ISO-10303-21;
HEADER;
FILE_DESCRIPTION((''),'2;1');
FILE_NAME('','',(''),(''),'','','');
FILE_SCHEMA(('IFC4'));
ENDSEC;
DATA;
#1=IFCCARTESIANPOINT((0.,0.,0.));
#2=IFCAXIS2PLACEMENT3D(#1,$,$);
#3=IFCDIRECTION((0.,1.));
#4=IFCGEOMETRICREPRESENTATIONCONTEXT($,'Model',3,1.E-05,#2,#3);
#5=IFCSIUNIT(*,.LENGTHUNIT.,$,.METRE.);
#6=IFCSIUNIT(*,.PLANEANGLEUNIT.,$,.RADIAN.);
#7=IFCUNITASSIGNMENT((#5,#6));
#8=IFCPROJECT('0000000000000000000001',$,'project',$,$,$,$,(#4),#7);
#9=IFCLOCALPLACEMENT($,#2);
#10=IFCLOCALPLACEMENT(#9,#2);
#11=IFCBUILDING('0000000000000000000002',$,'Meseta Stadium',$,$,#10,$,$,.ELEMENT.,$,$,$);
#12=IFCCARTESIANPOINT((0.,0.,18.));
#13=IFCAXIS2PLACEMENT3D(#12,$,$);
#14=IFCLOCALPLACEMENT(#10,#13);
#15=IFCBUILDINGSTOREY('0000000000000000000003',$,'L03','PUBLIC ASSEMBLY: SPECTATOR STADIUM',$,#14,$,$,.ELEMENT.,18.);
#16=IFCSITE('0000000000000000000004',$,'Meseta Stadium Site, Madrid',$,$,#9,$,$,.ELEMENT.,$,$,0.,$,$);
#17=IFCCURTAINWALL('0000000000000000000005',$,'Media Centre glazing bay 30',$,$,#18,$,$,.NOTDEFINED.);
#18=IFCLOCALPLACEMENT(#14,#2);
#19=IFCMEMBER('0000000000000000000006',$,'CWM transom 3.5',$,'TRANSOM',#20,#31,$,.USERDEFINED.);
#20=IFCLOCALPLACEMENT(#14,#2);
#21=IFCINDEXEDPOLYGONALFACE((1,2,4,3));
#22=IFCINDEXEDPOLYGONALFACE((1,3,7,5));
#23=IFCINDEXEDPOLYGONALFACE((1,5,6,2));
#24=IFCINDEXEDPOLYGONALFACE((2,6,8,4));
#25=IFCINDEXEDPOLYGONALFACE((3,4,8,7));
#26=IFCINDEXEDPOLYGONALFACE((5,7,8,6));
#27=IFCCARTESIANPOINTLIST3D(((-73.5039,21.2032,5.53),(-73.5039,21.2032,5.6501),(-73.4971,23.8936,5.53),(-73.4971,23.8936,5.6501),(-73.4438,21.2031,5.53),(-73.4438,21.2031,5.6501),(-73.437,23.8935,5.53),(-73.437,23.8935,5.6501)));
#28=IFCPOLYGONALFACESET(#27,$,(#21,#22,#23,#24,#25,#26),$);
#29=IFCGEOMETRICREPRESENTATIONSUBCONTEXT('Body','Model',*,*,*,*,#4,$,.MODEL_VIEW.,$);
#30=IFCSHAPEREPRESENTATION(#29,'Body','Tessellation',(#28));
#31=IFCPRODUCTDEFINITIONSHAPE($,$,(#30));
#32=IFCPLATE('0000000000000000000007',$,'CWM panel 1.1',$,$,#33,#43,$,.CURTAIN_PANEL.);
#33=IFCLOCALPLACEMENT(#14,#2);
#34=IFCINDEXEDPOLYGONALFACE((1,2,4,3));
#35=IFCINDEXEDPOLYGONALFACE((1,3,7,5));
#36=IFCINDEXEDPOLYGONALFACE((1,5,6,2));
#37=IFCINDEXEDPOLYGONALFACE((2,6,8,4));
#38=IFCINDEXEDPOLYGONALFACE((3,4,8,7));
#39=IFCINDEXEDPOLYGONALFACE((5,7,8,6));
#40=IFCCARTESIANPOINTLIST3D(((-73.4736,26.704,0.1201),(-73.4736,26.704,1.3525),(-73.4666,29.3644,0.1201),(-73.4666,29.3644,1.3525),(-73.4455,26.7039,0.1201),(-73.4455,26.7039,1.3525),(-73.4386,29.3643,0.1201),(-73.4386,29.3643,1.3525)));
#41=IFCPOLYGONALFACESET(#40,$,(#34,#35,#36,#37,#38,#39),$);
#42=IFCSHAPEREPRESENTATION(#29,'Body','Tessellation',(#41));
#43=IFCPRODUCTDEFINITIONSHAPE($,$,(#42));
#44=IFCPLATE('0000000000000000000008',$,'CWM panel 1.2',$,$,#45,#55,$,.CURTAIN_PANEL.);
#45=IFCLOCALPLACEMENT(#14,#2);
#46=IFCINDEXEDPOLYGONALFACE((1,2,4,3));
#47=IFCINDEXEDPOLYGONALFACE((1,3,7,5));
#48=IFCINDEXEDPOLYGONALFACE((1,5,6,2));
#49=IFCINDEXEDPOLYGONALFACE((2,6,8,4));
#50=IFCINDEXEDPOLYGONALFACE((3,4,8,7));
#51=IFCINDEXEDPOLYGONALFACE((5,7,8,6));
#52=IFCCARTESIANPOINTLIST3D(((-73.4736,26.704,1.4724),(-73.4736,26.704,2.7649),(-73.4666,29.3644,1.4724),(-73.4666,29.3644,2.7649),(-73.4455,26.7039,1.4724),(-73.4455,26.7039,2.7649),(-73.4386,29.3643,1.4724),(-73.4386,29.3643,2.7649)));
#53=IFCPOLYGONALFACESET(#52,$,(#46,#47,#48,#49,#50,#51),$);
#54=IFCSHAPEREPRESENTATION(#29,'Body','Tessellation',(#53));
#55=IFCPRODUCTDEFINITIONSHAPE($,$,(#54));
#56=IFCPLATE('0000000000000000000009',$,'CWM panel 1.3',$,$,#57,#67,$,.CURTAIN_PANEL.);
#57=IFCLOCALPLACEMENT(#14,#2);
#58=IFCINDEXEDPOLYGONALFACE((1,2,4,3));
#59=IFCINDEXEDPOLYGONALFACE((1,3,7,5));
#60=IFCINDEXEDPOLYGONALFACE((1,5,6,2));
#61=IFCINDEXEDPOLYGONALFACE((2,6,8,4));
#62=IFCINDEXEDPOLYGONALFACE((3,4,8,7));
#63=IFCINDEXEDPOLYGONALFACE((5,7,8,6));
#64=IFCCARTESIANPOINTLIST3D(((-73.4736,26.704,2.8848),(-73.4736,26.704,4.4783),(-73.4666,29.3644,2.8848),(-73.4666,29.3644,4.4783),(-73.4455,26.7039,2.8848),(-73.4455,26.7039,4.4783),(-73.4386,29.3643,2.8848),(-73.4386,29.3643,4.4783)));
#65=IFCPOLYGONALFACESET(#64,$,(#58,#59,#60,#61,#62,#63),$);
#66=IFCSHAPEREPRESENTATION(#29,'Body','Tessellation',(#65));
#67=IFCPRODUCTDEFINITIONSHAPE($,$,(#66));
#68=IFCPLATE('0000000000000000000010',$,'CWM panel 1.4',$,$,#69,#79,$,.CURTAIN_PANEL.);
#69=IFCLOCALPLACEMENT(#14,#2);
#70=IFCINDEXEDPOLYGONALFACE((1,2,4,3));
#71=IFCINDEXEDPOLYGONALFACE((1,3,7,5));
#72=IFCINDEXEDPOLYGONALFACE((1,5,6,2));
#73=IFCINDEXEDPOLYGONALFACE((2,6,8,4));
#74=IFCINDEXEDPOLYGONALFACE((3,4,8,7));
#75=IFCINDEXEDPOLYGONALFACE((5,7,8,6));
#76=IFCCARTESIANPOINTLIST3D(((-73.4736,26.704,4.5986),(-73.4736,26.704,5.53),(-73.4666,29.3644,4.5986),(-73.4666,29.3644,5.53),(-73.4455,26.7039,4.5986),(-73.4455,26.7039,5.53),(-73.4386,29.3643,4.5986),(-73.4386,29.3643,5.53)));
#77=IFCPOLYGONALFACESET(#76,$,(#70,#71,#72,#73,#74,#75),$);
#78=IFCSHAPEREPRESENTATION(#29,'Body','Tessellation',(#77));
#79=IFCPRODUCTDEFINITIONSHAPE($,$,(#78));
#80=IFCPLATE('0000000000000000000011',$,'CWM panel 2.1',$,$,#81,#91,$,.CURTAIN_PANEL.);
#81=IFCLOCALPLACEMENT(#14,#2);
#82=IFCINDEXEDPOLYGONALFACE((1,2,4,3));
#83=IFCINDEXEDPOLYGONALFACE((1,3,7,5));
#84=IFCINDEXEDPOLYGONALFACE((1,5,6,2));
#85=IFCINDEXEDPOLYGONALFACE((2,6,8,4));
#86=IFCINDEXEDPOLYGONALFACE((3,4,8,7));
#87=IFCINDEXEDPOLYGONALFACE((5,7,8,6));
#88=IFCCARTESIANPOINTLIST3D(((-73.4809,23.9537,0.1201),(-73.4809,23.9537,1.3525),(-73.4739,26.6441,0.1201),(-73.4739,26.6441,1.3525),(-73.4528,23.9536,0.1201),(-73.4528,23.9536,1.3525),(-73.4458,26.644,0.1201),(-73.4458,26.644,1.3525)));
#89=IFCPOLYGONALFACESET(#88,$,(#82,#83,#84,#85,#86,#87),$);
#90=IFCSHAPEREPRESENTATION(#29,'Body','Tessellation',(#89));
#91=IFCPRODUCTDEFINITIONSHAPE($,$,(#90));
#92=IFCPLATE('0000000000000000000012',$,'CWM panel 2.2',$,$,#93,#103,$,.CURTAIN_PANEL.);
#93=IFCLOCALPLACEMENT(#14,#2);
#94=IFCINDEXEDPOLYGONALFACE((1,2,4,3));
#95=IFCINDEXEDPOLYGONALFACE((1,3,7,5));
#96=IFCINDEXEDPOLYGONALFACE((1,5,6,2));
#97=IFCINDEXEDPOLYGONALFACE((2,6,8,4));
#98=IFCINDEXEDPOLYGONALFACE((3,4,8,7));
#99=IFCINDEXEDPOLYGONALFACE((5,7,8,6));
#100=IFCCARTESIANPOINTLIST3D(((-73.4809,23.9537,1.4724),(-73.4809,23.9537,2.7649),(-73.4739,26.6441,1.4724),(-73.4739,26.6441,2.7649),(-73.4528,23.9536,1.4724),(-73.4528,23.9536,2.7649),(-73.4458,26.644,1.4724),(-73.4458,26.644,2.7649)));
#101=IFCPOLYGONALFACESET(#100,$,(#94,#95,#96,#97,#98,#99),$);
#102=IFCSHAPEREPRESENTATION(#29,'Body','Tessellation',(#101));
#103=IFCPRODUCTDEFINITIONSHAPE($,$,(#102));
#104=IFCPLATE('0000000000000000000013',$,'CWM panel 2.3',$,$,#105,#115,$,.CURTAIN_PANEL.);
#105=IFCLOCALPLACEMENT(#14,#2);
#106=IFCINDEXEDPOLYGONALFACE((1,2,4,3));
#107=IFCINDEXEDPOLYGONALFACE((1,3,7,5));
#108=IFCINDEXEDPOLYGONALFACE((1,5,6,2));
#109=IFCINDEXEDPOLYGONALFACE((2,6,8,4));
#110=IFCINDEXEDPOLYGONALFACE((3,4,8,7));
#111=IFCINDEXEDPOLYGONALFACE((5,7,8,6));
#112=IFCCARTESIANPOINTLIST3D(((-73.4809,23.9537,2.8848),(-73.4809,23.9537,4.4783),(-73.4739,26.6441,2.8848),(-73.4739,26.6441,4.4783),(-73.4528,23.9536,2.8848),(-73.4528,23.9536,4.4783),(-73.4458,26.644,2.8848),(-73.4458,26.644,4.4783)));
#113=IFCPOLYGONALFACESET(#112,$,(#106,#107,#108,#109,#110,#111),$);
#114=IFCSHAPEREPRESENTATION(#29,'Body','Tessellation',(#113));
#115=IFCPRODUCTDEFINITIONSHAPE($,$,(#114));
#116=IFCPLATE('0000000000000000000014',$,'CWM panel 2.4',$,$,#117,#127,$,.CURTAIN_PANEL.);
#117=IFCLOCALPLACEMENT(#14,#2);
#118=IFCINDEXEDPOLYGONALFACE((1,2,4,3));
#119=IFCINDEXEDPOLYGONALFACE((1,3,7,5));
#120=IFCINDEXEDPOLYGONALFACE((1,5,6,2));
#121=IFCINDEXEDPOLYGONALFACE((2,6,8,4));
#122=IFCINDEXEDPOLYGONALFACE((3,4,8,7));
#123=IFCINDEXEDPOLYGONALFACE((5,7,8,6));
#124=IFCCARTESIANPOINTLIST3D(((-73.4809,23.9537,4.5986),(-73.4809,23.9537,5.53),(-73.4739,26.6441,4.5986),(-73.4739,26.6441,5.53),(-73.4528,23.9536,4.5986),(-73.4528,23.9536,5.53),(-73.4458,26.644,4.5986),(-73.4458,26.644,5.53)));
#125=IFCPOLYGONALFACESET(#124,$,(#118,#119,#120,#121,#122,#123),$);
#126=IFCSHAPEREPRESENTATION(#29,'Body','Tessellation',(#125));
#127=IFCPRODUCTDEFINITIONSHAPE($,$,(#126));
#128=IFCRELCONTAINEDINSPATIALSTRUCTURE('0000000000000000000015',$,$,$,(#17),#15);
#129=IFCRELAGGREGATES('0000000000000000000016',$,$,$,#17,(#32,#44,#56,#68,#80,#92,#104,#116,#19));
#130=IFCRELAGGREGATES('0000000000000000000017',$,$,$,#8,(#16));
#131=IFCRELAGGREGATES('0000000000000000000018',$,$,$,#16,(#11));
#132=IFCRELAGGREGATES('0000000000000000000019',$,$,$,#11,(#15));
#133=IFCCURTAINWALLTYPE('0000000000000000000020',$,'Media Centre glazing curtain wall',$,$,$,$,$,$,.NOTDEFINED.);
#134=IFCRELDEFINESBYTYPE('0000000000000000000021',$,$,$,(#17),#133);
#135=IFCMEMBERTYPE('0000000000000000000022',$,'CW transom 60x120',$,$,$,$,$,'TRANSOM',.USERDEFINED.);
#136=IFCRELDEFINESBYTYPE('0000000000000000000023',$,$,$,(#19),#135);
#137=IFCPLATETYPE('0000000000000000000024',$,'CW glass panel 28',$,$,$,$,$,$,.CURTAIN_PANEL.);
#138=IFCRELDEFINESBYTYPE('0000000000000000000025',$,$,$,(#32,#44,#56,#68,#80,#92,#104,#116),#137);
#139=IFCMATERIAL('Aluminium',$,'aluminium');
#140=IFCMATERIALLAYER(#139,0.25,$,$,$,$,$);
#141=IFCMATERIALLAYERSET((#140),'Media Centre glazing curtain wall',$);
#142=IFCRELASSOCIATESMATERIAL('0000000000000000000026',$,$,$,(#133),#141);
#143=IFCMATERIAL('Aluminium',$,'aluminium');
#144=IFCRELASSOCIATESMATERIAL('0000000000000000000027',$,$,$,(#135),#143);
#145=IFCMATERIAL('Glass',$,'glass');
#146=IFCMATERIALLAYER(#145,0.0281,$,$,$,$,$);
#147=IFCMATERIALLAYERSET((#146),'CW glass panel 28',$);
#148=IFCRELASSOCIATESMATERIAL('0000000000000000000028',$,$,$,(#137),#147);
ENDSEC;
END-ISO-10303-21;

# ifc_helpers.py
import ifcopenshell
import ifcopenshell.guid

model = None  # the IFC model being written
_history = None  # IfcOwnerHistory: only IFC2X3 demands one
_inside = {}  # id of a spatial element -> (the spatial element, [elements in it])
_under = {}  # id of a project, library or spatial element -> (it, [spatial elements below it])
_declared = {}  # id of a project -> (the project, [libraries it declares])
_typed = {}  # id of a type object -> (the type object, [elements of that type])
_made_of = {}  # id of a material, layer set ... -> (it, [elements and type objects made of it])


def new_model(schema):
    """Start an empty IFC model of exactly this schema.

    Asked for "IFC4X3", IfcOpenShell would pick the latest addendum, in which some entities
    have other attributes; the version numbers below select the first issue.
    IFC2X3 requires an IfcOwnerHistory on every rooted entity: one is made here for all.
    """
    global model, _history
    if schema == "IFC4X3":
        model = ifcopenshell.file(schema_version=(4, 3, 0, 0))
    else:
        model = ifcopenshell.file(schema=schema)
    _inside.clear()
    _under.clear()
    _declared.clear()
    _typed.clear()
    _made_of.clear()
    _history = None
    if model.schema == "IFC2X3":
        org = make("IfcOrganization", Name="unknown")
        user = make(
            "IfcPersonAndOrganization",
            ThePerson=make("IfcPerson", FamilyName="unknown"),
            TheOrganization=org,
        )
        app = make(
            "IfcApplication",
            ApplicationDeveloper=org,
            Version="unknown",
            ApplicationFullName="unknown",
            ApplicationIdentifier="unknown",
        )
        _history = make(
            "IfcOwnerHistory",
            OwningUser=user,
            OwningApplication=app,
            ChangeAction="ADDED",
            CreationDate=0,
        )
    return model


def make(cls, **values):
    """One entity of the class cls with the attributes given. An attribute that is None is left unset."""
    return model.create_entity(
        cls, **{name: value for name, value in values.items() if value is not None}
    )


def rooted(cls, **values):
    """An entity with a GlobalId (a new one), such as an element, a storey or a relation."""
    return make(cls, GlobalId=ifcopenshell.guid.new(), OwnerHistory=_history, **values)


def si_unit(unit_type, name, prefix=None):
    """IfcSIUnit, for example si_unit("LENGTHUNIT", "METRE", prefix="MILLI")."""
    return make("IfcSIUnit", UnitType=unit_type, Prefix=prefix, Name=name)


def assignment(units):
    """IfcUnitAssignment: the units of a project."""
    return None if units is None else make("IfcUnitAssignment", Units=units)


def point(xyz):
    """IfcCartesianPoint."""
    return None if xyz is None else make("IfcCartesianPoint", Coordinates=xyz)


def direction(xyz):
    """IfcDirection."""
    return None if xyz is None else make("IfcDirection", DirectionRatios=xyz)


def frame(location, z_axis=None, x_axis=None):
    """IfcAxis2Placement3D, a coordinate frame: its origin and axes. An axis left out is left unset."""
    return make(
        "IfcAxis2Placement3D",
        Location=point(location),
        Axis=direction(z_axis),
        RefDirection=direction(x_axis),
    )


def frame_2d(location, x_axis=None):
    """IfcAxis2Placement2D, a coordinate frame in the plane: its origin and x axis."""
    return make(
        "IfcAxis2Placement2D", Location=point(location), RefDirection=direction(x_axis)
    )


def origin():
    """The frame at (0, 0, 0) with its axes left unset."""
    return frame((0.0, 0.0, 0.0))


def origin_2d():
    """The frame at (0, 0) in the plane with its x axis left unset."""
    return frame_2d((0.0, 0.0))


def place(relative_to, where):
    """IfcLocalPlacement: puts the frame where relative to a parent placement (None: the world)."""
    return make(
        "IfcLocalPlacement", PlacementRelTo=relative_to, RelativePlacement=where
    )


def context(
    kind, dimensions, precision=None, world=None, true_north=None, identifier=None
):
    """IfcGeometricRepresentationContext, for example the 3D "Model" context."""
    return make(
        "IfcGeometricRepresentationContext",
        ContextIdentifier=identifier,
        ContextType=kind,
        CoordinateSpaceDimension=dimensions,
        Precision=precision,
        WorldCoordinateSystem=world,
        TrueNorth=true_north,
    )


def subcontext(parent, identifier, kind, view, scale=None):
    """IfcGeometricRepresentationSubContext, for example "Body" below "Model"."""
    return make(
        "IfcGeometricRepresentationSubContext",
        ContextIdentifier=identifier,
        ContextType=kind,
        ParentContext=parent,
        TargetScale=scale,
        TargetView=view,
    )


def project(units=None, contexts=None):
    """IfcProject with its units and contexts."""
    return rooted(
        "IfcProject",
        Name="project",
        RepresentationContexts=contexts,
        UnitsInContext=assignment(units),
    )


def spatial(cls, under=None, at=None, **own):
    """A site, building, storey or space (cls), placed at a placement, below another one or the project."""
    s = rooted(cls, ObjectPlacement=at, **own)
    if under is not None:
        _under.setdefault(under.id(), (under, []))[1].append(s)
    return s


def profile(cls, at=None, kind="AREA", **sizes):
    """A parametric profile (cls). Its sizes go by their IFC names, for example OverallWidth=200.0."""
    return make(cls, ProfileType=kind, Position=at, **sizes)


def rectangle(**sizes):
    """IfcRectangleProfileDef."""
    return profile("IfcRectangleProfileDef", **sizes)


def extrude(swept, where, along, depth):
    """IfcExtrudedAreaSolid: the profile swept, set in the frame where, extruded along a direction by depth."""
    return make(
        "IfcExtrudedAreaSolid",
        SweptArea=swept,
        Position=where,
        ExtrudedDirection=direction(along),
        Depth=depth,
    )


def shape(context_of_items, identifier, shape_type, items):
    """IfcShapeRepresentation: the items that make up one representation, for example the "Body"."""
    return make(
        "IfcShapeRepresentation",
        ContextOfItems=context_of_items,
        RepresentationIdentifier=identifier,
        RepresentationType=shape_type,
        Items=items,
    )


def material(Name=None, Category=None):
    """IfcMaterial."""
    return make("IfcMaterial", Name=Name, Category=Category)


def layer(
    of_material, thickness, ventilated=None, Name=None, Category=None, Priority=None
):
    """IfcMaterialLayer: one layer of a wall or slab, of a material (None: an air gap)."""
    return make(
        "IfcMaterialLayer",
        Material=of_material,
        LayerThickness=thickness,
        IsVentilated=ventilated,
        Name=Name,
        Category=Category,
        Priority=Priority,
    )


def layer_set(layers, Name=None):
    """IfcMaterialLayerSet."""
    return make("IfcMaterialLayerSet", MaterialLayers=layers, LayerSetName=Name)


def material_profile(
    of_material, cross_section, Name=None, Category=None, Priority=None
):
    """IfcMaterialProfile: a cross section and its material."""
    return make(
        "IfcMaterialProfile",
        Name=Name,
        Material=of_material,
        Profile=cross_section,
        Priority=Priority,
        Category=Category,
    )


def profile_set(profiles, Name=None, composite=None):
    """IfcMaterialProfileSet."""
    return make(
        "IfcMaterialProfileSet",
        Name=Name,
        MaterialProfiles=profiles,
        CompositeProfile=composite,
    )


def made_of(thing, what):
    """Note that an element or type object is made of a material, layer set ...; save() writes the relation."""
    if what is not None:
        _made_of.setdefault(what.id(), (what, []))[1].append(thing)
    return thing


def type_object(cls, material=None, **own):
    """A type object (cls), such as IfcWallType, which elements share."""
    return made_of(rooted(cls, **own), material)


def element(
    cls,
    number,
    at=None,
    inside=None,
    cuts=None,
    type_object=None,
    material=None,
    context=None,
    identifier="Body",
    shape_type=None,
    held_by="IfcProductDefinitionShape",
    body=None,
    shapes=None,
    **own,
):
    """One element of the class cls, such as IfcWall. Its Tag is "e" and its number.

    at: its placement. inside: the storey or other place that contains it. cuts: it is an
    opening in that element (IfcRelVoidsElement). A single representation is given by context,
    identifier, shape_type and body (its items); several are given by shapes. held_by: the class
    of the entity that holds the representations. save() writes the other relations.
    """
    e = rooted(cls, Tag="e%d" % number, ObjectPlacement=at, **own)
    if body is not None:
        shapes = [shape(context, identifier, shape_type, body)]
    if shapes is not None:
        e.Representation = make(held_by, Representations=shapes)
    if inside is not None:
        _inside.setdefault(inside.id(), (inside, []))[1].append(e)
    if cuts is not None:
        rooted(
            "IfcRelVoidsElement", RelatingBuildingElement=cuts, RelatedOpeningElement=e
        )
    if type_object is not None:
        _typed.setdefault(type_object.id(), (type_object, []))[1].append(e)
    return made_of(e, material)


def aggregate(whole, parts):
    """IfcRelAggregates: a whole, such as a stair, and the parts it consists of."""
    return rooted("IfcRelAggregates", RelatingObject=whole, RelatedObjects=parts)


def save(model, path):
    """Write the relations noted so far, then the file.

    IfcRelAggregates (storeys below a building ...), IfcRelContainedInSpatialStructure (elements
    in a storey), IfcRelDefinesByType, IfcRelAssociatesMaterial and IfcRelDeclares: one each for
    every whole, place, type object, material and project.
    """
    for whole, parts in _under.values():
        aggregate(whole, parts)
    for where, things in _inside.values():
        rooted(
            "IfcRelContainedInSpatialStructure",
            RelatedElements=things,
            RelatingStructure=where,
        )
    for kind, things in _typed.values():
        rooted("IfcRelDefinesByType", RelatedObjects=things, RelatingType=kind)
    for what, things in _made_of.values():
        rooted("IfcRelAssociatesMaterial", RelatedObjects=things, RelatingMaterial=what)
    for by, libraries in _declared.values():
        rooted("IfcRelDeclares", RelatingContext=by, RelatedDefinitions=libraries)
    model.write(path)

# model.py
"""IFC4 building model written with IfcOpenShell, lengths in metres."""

from ifc_helpers import new_model, si_unit, direction, frame, origin, origin_2d, place, context, subcontext, project, spatial, rectangle, extrude, material, layer, layer_set, material_profile, profile_set, type_object, element, aggregate, save


model = new_model("IFC4")

# Units and contexts
model_context = context("Model", 3, precision=1e-05, world=origin(), true_north=direction((0.0, 1.0)))
body_context = subcontext(model_context, "Body", "Model", "MODEL_VIEW")
ifc_project = project(units=[si_unit("LENGTHUNIT", "METRE"), si_unit("PLANEANGLEUNIT", "RADIAN")], contexts=[model_context])

# Site, building, storey
site_placement = place(None, origin())
site = spatial("IfcSite", under=ifc_project, at=site_placement, Name="Meseta Stadium Site, Madrid", CompositionType="ELEMENT", RefElevation=0.0)
building_placement = place(site_placement, origin())
building = spatial("IfcBuilding", under=site, at=building_placement, Name="Meseta Stadium", CompositionType="ELEMENT")
storey_placement = place(building_placement, frame((0.0, 0.0, 18.0)))
storey = spatial("IfcBuildingStorey", under=building, at=storey_placement, Name="L03", Description="PUBLIC ASSEMBLY: SPECTATOR STADIUM", CompositionType="ELEMENT", Elevation=18.0)

# Curtain wall, member, plates
ifc_material_1 = material(Name="Aluminium", Category="aluminium")
ifc_layer_1 = layer(ifc_material_1, 0.25)
ifc_layer_set_1 = layer_set([ifc_layer_1], Name="Media Centre glazing curtain wall")
curtain_wall_type = type_object("IfcCurtainWallType", Name="Media Centre glazing curtain wall", PredefinedType="NOTDEFINED", material=ifc_layer_set_1)
curtain_wall_placement = place(storey_placement, origin())
curtain_wall = element("IfcCurtainWall", 1, at=curtain_wall_placement, inside=storey, type_object=curtain_wall_type, Name="Media Centre glazing bay 30", PredefinedType="NOTDEFINED")
ifc_material_2 = material(Name="Aluminium", Category="aluminium")
ifc_material_profile_1 = material_profile(ifc_material_2, rectangle(XDim=0.0601, YDim=0.1201, at=origin_2d()), Name="CW 60x120")
ifc_profile_set_1 = profile_set([ifc_material_profile_1], Name="Aluminium")
member_type_1 = type_object("IfcMemberType", Name="CW transom 60x120", ElementType="TRANSOM", PredefinedType="USERDEFINED", material=ifc_profile_set_1)
member_1_placement = place(storey_placement, frame((-73.467, 23.8936, 5.5901), z_axis=(-0.002541, -0.999997, 0.0), x_axis=(0.999997, -0.002541, 0.0)))
member_1 = element("IfcMember", 2, at=member_1_placement, type_object=member_type_1, Name="CWM transom 3.5", ObjectType="TRANSOM", PredefinedType="USERDEFINED", context=body_context, shape_type="SweptSolid", body=[
    extrude(rectangle(XDim=0.0601, YDim=0.1201, at=origin_2d()), origin(), (0.0, 0.0, 1.0), 2.6904),
])
ifc_material_3 = material(Name="Glass", Category="glass")
ifc_layer_2 = layer(ifc_material_3, 0.0281)
ifc_layer_set_2 = layer_set([ifc_layer_2], Name="CW glass panel 28")
plate_type = type_object("IfcPlateType", Name="CW glass panel 28", PredefinedType="CURTAIN_PANEL", material=ifc_layer_set_2)
plate_1_placement = place(storey_placement, frame((-73.4561, 28.0342, 0.1201), z_axis=(0.0, 0.0, 1.0), x_axis=(-0.002606, -0.999997, 0.0)))
plate_1 = element("IfcPlate", 3, at=plate_1_placement, type_object=plate_type, Name="CWM panel 1.1", PredefinedType="CURTAIN_PANEL", context=body_context, shape_type="SweptSolid", body=[
    extrude(rectangle(XDim=2.6604, YDim=0.0281, at=origin_2d()), origin(), (0.0, 0.0, 1.0), 1.2324),
])
plate_2_placement = place(storey_placement, frame((-73.4561, 28.0342, 1.4724), z_axis=(0.0, 0.0, 1.0), x_axis=(-0.002606, -0.999997, 0.0)))
plate_2 = element("IfcPlate", 4, at=plate_2_placement, type_object=plate_type, Name="CWM panel 1.2", PredefinedType="CURTAIN_PANEL", context=body_context, shape_type="SweptSolid", body=[
    extrude(rectangle(XDim=2.6604, YDim=0.0281, at=origin_2d()), origin(), (0.0, 0.0, 1.0), 1.2925),
])
plate_3_placement = place(storey_placement, frame((-73.4561, 28.0342, 2.8848), z_axis=(0.0, 0.0, 1.0), x_axis=(-0.002606, -0.999997, 0.0)))
plate_3 = element("IfcPlate", 5, at=plate_3_placement, type_object=plate_type, Name="CWM panel 1.3", PredefinedType="CURTAIN_PANEL", context=body_context, shape_type="SweptSolid", body=[
    extrude(rectangle(XDim=2.6604, YDim=0.0281, at=origin_2d()), origin(), (0.0, 0.0, 1.0), 1.5935),
])
plate_4_placement = place(storey_placement, frame((-73.4561, 28.0342, 4.5986), z_axis=(0.0, 0.0, 1.0), x_axis=(-0.002606, -0.999997, 0.0)))
plate_4 = element("IfcPlate", 6, at=plate_4_placement, type_object=plate_type, Name="CWM panel 1.4", PredefinedType="CURTAIN_PANEL", context=body_context, shape_type="SweptSolid", body=[
    extrude(rectangle(XDim=2.6604, YDim=0.0281, at=origin_2d()), origin(), (0.0, 0.0, 1.0), 0.9314),
])
plate_5_placement = place(storey_placement, frame((-73.4634, 25.2988, 0.1201), z_axis=(0.0, 0.0, 1.0), x_axis=(-0.002606, -0.999997, 0.0)))
plate_5 = element("IfcPlate", 7, at=plate_5_placement, type_object=plate_type, Name="CWM panel 2.1", PredefinedType="CURTAIN_PANEL", context=body_context, shape_type="SweptSolid", body=[
    extrude(rectangle(XDim=2.6904, YDim=0.0281, at=origin_2d()), origin(), (0.0, 0.0, 1.0), 1.2324),
])
plate_6_placement = place(storey_placement, frame((-73.4634, 25.2988, 1.4724), z_axis=(0.0, 0.0, 1.0), x_axis=(-0.002606, -0.999997, 0.0)))
plate_6 = element("IfcPlate", 8, at=plate_6_placement, type_object=plate_type, Name="CWM panel 2.2", PredefinedType="CURTAIN_PANEL", context=body_context, shape_type="SweptSolid", body=[
    extrude(rectangle(XDim=2.6904, YDim=0.0281, at=origin_2d()), origin(), (0.0, 0.0, 1.0), 1.2925),
])
plate_7_placement = place(storey_placement, frame((-73.4634, 25.2988, 2.8848), z_axis=(0.0, 0.0, 1.0), x_axis=(-0.002606, -0.999997, 0.0)))
plate_7 = element("IfcPlate", 9, at=plate_7_placement, type_object=plate_type, Name="CWM panel 2.3", PredefinedType="CURTAIN_PANEL", context=body_context, shape_type="SweptSolid", body=[
    extrude(rectangle(XDim=2.6904, YDim=0.0281, at=origin_2d()), origin(), (0.0, 0.0, 1.0), 1.5935),
])
plate_8_placement = place(storey_placement, frame((-73.4634, 25.2988, 4.5986), z_axis=(0.0, 0.0, 1.0), x_axis=(-0.002606, -0.999997, 0.0)))
plate_8 = element("IfcPlate", 10, at=plate_8_placement, type_object=plate_type, Name="CWM panel 2.4", PredefinedType="CURTAIN_PANEL", context=body_context, shape_type="SweptSolid", body=[
    extrude(rectangle(XDim=2.6904, YDim=0.0281, at=origin_2d()), origin(), (0.0, 0.0, 1.0), 0.9314),
])
aggregate(curtain_wall, [plate_1, plate_2, plate_3, plate_4, plate_5, plate_6, plate_7, plate_8, member_1])

save(model, "model.ifc")
